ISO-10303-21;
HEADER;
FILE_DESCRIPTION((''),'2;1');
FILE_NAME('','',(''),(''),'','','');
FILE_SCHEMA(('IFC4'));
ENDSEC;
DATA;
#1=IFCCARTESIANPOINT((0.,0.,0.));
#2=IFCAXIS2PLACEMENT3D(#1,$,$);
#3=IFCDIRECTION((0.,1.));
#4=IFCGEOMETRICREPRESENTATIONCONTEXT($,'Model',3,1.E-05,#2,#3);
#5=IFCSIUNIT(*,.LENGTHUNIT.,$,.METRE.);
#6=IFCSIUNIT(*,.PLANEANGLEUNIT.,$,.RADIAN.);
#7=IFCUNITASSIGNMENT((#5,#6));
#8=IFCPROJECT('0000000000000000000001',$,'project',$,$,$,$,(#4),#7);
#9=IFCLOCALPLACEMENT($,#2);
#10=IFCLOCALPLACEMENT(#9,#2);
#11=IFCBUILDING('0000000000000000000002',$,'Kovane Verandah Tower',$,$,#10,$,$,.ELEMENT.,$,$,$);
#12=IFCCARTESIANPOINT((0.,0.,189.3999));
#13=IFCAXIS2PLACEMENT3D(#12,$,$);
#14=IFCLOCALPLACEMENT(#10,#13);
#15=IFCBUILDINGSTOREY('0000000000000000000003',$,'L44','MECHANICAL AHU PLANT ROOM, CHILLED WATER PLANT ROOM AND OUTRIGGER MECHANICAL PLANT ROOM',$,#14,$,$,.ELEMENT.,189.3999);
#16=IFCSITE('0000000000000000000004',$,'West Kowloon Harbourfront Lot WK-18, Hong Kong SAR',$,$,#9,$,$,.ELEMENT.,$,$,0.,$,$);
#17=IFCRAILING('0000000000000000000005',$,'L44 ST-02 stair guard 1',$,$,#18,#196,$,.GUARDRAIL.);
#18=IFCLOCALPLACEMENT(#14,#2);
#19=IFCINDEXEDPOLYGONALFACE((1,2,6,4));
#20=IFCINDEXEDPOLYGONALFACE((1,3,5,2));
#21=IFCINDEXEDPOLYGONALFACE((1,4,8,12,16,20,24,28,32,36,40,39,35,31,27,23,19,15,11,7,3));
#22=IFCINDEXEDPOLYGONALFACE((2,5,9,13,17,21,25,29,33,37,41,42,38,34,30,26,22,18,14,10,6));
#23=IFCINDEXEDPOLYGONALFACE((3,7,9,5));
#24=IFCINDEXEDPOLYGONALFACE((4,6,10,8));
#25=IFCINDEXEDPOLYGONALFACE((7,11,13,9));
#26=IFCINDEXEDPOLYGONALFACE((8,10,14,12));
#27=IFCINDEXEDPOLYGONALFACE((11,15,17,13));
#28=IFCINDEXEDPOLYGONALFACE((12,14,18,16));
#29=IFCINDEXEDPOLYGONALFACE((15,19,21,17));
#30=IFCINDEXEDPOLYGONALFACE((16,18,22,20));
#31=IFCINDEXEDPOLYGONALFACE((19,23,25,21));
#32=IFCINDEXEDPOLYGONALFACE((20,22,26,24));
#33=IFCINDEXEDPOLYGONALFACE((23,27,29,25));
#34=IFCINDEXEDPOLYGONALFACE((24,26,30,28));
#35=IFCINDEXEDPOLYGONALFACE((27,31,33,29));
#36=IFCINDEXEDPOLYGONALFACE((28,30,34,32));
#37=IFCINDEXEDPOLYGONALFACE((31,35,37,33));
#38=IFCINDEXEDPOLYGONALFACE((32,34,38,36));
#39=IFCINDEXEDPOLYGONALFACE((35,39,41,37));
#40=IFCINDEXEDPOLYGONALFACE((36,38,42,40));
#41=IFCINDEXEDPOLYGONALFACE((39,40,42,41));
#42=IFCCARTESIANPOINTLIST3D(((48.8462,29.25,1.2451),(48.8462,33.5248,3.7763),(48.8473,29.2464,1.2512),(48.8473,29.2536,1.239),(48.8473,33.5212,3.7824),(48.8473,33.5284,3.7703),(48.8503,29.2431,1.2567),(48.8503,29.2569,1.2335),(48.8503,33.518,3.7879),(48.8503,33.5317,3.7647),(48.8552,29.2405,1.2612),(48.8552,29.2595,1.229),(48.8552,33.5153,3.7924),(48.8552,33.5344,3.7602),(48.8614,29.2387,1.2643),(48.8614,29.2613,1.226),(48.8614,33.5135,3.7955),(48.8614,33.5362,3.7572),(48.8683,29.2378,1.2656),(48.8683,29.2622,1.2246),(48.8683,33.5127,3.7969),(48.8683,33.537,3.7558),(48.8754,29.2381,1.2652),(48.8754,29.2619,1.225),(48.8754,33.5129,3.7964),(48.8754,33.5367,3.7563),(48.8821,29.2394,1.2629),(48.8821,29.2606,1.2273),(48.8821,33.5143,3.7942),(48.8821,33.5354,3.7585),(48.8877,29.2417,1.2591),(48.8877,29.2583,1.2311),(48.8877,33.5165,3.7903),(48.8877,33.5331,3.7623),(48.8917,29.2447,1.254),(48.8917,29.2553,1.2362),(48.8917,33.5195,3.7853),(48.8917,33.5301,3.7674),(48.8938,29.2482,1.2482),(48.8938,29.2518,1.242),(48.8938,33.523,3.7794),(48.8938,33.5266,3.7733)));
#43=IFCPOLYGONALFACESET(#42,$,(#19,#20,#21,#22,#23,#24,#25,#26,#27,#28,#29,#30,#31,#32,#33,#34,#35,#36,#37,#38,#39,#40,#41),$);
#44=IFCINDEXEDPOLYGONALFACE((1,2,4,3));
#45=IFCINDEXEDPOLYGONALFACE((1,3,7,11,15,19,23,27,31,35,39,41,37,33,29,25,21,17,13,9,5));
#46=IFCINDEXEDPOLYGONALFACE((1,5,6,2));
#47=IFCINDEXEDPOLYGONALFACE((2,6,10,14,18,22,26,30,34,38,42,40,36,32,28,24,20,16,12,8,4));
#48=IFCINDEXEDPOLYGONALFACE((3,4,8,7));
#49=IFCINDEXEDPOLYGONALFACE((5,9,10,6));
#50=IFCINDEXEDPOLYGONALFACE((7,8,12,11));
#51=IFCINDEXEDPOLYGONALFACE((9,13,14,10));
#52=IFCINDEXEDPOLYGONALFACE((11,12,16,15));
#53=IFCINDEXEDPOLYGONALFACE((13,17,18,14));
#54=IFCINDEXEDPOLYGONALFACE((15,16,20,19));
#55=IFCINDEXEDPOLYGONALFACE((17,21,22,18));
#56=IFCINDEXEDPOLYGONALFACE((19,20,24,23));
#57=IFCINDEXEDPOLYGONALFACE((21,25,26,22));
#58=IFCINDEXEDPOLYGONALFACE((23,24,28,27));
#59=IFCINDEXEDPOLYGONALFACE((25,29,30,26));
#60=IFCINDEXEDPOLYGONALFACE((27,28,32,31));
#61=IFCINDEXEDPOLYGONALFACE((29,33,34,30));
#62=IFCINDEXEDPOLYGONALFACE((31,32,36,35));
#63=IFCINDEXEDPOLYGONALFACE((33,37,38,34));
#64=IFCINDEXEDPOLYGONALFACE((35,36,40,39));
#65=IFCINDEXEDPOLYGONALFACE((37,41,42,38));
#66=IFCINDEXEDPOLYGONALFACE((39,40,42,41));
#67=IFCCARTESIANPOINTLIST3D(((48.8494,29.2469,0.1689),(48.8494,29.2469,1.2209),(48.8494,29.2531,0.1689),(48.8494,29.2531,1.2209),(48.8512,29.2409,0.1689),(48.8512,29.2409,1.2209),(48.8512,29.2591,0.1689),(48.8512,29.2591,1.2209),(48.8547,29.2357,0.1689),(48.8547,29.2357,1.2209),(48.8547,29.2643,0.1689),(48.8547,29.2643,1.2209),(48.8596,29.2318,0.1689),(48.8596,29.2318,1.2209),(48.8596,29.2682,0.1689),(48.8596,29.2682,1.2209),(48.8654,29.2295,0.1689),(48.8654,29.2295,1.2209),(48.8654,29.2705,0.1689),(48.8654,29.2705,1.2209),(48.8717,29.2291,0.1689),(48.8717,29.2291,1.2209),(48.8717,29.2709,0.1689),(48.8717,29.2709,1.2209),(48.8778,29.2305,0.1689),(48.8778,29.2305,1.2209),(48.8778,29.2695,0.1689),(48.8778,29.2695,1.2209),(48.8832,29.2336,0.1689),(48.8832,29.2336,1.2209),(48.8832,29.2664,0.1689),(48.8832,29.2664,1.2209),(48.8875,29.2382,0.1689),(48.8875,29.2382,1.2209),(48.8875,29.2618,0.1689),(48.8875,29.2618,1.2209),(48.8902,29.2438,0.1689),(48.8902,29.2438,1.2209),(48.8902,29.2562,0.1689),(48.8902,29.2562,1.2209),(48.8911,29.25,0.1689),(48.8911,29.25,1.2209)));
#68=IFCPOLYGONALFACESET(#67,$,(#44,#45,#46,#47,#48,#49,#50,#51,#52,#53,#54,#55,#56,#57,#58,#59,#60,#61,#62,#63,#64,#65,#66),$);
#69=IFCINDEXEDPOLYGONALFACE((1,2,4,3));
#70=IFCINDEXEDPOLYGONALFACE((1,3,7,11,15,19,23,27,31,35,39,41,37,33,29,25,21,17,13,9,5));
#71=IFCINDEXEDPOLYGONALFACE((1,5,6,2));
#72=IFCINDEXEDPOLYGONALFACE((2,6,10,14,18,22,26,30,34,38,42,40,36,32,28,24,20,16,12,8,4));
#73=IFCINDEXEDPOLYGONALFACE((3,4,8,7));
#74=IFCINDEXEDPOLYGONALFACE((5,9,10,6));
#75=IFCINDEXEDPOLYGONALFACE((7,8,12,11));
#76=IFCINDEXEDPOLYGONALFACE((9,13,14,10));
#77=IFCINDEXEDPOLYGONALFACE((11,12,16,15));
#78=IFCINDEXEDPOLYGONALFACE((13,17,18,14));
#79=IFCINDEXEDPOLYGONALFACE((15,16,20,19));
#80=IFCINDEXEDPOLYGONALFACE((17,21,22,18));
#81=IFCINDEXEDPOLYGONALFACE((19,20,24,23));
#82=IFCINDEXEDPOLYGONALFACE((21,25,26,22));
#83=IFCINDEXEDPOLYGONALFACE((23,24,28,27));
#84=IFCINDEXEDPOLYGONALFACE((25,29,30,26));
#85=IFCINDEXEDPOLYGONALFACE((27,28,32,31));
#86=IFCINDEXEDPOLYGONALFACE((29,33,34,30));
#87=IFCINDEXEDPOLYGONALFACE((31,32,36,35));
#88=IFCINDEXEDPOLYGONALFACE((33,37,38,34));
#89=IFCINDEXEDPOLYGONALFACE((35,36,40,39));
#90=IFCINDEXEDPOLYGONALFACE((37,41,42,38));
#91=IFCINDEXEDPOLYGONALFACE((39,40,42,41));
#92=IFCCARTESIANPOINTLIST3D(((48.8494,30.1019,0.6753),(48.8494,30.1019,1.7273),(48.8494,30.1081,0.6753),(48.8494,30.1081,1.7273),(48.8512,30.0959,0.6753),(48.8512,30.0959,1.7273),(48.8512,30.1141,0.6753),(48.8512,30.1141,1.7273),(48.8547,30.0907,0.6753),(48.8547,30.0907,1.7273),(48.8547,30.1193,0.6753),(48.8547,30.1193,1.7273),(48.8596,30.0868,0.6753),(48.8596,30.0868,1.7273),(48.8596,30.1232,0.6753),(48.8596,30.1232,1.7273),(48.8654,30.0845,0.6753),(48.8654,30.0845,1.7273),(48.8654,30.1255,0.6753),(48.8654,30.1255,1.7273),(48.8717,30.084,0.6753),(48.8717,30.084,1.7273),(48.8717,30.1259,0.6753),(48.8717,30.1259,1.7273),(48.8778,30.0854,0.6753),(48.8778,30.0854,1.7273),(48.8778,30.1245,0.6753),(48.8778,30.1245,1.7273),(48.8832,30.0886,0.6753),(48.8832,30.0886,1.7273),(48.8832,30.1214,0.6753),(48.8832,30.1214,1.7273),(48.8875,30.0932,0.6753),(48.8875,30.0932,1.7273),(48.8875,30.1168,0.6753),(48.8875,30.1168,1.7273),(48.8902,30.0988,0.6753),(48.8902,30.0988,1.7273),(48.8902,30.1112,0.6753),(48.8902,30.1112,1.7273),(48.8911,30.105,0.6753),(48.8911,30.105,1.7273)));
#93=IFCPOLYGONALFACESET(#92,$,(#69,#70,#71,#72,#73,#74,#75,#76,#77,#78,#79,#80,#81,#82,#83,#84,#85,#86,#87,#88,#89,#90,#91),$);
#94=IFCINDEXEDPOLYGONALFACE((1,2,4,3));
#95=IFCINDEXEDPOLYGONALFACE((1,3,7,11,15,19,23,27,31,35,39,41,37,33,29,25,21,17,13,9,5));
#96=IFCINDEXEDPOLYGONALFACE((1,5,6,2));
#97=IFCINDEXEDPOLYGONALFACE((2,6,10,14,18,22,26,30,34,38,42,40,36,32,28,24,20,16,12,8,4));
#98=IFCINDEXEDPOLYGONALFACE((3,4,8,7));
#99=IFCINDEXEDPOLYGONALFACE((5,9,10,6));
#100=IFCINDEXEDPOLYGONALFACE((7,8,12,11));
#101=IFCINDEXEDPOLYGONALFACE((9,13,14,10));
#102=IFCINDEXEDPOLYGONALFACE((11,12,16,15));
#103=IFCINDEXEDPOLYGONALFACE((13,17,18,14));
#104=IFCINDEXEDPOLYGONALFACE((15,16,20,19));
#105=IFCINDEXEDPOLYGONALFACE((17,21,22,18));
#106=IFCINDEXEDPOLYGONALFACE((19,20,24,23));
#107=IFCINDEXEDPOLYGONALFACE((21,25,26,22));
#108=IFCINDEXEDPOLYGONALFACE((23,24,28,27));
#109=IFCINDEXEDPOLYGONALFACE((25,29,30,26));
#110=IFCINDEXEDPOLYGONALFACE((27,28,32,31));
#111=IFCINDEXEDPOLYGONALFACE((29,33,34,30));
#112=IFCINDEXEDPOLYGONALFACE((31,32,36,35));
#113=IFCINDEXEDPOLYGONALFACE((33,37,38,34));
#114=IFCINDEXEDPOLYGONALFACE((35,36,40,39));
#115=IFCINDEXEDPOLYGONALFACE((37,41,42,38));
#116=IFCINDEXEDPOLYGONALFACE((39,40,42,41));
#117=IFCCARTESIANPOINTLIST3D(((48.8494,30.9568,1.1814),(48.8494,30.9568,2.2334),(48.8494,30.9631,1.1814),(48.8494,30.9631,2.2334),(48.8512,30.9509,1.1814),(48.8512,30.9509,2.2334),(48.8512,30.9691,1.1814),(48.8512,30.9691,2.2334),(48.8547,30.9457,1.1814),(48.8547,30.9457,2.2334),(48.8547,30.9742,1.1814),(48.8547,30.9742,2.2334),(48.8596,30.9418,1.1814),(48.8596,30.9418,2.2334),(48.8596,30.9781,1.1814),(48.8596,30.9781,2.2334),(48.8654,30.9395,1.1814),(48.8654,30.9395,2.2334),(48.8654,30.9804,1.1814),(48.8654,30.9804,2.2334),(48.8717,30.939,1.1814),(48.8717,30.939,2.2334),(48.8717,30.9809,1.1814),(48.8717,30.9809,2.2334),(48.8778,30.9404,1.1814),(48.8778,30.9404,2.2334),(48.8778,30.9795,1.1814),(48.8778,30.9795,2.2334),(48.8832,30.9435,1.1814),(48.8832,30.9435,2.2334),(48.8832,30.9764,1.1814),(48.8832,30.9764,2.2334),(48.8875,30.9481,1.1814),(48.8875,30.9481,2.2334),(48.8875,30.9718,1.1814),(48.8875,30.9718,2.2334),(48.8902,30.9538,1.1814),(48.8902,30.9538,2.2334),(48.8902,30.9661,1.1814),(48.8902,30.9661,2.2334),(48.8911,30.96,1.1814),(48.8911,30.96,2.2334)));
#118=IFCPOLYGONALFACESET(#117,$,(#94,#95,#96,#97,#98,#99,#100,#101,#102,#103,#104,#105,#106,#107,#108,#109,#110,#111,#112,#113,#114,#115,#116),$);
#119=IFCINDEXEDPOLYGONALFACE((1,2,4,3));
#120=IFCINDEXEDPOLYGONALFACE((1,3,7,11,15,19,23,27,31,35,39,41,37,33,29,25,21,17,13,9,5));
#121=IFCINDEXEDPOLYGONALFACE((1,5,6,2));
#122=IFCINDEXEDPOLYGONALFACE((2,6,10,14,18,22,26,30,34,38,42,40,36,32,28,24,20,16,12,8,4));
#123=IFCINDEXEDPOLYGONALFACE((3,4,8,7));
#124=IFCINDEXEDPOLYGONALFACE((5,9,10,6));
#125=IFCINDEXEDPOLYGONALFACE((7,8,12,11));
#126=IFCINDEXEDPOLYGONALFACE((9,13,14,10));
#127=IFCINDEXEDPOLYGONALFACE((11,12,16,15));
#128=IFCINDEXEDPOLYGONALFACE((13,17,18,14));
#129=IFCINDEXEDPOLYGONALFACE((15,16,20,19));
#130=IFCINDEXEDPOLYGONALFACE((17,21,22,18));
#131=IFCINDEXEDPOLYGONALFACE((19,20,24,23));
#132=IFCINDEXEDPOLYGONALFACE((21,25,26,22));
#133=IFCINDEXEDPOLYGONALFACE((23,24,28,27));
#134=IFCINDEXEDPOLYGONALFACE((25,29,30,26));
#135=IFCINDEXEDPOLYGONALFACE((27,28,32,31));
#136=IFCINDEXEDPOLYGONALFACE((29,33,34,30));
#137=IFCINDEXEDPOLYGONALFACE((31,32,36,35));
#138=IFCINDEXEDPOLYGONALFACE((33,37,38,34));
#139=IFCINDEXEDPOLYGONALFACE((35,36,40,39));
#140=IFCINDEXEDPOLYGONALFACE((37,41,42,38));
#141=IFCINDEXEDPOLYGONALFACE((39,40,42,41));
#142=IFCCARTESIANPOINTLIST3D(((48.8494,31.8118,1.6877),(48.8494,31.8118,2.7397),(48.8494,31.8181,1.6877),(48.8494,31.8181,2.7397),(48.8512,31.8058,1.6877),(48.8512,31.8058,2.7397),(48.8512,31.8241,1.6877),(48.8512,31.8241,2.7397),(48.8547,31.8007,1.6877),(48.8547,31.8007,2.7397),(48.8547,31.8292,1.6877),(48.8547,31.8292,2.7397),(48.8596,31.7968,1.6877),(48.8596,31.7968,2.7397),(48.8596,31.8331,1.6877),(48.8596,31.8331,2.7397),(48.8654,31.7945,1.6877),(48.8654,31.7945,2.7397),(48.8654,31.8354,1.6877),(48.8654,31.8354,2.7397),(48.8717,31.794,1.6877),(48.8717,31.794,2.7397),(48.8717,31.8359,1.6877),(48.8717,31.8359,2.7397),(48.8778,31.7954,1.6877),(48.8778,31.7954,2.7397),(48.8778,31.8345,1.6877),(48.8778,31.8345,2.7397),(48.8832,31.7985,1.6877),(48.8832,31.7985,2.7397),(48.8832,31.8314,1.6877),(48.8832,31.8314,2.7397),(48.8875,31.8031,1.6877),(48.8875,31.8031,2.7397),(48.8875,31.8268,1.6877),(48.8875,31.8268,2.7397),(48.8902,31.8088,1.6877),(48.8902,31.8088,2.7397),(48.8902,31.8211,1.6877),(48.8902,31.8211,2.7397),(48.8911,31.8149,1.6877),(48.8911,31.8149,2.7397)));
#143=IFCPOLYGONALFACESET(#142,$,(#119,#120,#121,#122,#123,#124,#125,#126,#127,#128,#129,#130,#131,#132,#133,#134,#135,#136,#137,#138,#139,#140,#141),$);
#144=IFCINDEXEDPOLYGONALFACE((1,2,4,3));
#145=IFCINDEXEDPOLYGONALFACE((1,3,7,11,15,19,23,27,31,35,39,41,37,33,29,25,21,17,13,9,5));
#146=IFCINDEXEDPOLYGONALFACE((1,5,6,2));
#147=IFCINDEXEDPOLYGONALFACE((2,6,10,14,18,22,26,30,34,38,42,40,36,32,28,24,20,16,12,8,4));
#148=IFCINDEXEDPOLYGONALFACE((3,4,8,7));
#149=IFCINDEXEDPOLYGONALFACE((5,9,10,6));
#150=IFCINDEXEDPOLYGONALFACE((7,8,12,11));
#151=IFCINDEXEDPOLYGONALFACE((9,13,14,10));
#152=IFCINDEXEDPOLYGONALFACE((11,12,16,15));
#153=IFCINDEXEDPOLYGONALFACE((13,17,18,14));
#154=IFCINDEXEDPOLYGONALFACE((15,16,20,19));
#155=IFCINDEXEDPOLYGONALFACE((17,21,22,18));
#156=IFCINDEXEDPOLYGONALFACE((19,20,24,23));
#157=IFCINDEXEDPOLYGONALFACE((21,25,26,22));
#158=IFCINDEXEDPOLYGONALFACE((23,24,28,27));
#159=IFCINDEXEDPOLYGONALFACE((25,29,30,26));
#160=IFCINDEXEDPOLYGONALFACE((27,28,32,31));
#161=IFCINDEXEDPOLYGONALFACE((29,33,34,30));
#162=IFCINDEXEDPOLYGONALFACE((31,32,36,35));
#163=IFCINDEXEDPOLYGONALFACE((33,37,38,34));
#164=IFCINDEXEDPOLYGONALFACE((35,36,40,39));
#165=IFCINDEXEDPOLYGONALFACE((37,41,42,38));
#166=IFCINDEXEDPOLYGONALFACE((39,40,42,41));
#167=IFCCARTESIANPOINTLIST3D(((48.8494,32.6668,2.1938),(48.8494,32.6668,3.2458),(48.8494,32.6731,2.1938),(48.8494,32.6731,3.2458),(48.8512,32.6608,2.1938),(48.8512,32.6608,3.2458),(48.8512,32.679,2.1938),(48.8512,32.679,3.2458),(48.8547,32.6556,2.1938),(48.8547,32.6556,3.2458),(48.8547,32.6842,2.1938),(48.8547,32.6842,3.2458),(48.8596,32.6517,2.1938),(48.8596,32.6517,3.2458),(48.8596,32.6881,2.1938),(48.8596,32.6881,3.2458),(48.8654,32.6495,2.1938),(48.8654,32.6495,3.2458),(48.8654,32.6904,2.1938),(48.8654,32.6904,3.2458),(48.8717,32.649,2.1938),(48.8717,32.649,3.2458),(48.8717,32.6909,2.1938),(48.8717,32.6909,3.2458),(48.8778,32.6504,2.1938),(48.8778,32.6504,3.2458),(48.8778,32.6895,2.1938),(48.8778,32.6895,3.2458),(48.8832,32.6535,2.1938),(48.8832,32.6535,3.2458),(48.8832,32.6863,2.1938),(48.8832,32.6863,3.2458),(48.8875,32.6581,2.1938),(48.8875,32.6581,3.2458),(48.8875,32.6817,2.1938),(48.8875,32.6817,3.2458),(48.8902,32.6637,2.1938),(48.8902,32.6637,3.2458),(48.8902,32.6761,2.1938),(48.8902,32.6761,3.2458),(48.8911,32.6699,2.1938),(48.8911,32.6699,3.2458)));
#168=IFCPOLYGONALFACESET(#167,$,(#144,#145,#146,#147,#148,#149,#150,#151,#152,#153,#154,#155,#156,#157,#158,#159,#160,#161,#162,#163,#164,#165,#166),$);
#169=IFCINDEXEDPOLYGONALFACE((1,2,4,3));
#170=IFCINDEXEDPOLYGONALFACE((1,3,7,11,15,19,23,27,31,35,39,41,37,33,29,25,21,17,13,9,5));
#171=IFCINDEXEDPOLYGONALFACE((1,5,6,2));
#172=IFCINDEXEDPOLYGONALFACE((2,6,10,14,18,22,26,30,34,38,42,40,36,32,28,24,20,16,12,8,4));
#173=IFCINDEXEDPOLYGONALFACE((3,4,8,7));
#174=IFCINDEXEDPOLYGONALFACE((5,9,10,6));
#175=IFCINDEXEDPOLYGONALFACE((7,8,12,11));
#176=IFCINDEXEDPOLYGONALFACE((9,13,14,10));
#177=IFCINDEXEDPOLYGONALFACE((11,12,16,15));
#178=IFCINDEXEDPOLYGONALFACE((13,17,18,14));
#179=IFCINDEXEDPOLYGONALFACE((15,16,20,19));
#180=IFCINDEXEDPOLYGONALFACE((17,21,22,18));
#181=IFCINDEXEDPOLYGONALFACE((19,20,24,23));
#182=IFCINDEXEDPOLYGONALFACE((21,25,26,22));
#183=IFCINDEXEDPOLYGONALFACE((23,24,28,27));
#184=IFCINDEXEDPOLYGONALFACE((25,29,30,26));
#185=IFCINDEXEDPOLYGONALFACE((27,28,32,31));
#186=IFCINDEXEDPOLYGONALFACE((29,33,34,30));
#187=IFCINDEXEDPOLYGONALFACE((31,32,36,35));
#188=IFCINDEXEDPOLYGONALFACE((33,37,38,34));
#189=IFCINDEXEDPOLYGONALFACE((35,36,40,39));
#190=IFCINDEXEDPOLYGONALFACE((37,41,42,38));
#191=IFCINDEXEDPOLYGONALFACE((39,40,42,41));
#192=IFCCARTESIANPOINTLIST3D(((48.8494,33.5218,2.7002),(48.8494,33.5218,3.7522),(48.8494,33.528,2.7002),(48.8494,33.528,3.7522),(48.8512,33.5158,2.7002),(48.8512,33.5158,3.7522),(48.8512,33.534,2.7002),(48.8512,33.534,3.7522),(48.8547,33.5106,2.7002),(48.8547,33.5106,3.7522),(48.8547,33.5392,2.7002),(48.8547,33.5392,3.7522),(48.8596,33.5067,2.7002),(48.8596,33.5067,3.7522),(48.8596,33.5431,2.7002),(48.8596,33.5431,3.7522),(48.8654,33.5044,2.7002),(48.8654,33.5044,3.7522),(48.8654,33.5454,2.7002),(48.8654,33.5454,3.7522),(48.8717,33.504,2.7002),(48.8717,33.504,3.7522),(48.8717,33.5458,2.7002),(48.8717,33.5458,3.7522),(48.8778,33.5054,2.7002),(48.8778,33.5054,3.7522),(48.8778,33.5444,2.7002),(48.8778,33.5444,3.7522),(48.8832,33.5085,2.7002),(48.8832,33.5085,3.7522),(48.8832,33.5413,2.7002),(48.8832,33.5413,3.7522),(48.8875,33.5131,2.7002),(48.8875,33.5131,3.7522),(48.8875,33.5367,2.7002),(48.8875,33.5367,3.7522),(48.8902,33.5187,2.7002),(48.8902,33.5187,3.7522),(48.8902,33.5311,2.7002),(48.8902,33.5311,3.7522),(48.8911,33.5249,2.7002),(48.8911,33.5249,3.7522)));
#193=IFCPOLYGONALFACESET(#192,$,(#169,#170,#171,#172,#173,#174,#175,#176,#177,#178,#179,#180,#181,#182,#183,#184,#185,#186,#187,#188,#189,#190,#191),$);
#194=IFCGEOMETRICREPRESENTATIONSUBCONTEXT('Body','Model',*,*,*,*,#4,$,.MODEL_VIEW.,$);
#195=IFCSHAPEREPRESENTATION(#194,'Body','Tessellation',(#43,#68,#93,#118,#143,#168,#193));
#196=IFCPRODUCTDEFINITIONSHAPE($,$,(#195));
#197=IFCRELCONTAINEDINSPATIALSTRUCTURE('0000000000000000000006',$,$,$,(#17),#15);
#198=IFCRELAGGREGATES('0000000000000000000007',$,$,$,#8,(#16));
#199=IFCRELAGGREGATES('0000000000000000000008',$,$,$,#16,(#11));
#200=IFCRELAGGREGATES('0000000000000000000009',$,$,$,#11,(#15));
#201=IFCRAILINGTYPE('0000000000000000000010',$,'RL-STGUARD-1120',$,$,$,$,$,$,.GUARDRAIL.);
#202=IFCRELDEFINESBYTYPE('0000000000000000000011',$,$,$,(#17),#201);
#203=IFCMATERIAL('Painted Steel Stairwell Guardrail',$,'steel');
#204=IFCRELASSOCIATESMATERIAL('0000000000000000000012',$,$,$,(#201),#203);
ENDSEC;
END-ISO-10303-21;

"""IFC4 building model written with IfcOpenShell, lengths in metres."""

from ifc_helpers import new_model, si_unit, direction, frame, origin, origin_2d, place, context, subcontext, project, spatial, circle, extrude, material, type_object, element, save


model = new_model("IFC4")

# Units and contexts
model_context = context("Model", 3, precision=1e-05, world=origin(), true_north=direction((0.0, 1.0)))
body_context = subcontext(model_context, "Body", "Model", "MODEL_VIEW")
ifc_project = project(units=[si_unit("LENGTHUNIT", "METRE"), si_unit("PLANEANGLEUNIT", "RADIAN")], contexts=[model_context])

# Site, building, storey
site_placement = place(None, origin())
site = spatial("IfcSite", under=ifc_project, at=site_placement, Name="West Kowloon Harbourfront Lot WK-18, Hong Kong SAR", CompositionType="ELEMENT", RefElevation=0.0)
building_placement = place(site_placement, origin())
building = spatial("IfcBuilding", under=site, at=building_placement, Name="Kovane Verandah Tower", CompositionType="ELEMENT")
storey_placement = place(building_placement, frame((0.0, 0.0, 189.3999)))
storey = spatial("IfcBuildingStorey", under=building, at=storey_placement, Name="L44", Description="MECHANICAL AHU PLANT ROOM, CHILLED WATER PLANT ROOM AND OUTRIGGER MECHANICAL PLANT ROOM", CompositionType="ELEMENT", Elevation=189.3999)

# Railing
ifc_material_1 = material(Name="Painted Steel Stairwell Guardrail", Category="steel")
railing_type_1 = type_object("IfcRailingType", Name="RL-STGUARD-1120", PredefinedType="GUARDRAIL", material=ifc_material_1)
railing_1_placement = place(storey_placement, frame((48.8701, 29.25, 0.1689)))
element("IfcRailing", 1, at=railing_1_placement, inside=storey, type_object=railing_type_1, Name="L44 ST-02 stair guard 1", PredefinedType="GUARDRAIL", context=body_context, shape_type="SweptSolid", body=[
    extrude(circle(Radius=0.0239, at=origin_2d()), frame((0.0, 0.0, 1.0762), z_axis=(0.0, 0.86047, 0.509501), x_axis=(-1.0, 0.0, 0.0)), (0.0, 0.0, 1.0), 4.968),
    extrude(circle(Radius=0.021, at=origin_2d()), origin(), (0.0, 0.0, 1.0), 1.052),
    extrude(circle(Radius=0.021, at=origin_2d()), frame((0.0, 0.855, 0.5063)), (0.0, 0.0, 1.0), 1.052),
    extrude(circle(Radius=0.021, at=origin_2d()), frame((0.0, 1.71, 1.0125)), (0.0, 0.0, 1.0), 1.052),
    extrude(circle(Radius=0.021, at=origin_2d()), frame((0.0, 2.5649, 1.5188)), (0.0, 0.0, 1.0), 1.052),
    extrude(circle(Radius=0.021, at=origin_2d()), frame((0.0, 3.4199, 2.0249)), (0.0, 0.0, 1.0), 1.052),
    extrude(circle(Radius=0.021, at=origin_2d()), frame((0.0, 4.2749, 2.5312)), (0.0, 0.0, 1.0), 1.052),
])

save(model, "model.ifc")
